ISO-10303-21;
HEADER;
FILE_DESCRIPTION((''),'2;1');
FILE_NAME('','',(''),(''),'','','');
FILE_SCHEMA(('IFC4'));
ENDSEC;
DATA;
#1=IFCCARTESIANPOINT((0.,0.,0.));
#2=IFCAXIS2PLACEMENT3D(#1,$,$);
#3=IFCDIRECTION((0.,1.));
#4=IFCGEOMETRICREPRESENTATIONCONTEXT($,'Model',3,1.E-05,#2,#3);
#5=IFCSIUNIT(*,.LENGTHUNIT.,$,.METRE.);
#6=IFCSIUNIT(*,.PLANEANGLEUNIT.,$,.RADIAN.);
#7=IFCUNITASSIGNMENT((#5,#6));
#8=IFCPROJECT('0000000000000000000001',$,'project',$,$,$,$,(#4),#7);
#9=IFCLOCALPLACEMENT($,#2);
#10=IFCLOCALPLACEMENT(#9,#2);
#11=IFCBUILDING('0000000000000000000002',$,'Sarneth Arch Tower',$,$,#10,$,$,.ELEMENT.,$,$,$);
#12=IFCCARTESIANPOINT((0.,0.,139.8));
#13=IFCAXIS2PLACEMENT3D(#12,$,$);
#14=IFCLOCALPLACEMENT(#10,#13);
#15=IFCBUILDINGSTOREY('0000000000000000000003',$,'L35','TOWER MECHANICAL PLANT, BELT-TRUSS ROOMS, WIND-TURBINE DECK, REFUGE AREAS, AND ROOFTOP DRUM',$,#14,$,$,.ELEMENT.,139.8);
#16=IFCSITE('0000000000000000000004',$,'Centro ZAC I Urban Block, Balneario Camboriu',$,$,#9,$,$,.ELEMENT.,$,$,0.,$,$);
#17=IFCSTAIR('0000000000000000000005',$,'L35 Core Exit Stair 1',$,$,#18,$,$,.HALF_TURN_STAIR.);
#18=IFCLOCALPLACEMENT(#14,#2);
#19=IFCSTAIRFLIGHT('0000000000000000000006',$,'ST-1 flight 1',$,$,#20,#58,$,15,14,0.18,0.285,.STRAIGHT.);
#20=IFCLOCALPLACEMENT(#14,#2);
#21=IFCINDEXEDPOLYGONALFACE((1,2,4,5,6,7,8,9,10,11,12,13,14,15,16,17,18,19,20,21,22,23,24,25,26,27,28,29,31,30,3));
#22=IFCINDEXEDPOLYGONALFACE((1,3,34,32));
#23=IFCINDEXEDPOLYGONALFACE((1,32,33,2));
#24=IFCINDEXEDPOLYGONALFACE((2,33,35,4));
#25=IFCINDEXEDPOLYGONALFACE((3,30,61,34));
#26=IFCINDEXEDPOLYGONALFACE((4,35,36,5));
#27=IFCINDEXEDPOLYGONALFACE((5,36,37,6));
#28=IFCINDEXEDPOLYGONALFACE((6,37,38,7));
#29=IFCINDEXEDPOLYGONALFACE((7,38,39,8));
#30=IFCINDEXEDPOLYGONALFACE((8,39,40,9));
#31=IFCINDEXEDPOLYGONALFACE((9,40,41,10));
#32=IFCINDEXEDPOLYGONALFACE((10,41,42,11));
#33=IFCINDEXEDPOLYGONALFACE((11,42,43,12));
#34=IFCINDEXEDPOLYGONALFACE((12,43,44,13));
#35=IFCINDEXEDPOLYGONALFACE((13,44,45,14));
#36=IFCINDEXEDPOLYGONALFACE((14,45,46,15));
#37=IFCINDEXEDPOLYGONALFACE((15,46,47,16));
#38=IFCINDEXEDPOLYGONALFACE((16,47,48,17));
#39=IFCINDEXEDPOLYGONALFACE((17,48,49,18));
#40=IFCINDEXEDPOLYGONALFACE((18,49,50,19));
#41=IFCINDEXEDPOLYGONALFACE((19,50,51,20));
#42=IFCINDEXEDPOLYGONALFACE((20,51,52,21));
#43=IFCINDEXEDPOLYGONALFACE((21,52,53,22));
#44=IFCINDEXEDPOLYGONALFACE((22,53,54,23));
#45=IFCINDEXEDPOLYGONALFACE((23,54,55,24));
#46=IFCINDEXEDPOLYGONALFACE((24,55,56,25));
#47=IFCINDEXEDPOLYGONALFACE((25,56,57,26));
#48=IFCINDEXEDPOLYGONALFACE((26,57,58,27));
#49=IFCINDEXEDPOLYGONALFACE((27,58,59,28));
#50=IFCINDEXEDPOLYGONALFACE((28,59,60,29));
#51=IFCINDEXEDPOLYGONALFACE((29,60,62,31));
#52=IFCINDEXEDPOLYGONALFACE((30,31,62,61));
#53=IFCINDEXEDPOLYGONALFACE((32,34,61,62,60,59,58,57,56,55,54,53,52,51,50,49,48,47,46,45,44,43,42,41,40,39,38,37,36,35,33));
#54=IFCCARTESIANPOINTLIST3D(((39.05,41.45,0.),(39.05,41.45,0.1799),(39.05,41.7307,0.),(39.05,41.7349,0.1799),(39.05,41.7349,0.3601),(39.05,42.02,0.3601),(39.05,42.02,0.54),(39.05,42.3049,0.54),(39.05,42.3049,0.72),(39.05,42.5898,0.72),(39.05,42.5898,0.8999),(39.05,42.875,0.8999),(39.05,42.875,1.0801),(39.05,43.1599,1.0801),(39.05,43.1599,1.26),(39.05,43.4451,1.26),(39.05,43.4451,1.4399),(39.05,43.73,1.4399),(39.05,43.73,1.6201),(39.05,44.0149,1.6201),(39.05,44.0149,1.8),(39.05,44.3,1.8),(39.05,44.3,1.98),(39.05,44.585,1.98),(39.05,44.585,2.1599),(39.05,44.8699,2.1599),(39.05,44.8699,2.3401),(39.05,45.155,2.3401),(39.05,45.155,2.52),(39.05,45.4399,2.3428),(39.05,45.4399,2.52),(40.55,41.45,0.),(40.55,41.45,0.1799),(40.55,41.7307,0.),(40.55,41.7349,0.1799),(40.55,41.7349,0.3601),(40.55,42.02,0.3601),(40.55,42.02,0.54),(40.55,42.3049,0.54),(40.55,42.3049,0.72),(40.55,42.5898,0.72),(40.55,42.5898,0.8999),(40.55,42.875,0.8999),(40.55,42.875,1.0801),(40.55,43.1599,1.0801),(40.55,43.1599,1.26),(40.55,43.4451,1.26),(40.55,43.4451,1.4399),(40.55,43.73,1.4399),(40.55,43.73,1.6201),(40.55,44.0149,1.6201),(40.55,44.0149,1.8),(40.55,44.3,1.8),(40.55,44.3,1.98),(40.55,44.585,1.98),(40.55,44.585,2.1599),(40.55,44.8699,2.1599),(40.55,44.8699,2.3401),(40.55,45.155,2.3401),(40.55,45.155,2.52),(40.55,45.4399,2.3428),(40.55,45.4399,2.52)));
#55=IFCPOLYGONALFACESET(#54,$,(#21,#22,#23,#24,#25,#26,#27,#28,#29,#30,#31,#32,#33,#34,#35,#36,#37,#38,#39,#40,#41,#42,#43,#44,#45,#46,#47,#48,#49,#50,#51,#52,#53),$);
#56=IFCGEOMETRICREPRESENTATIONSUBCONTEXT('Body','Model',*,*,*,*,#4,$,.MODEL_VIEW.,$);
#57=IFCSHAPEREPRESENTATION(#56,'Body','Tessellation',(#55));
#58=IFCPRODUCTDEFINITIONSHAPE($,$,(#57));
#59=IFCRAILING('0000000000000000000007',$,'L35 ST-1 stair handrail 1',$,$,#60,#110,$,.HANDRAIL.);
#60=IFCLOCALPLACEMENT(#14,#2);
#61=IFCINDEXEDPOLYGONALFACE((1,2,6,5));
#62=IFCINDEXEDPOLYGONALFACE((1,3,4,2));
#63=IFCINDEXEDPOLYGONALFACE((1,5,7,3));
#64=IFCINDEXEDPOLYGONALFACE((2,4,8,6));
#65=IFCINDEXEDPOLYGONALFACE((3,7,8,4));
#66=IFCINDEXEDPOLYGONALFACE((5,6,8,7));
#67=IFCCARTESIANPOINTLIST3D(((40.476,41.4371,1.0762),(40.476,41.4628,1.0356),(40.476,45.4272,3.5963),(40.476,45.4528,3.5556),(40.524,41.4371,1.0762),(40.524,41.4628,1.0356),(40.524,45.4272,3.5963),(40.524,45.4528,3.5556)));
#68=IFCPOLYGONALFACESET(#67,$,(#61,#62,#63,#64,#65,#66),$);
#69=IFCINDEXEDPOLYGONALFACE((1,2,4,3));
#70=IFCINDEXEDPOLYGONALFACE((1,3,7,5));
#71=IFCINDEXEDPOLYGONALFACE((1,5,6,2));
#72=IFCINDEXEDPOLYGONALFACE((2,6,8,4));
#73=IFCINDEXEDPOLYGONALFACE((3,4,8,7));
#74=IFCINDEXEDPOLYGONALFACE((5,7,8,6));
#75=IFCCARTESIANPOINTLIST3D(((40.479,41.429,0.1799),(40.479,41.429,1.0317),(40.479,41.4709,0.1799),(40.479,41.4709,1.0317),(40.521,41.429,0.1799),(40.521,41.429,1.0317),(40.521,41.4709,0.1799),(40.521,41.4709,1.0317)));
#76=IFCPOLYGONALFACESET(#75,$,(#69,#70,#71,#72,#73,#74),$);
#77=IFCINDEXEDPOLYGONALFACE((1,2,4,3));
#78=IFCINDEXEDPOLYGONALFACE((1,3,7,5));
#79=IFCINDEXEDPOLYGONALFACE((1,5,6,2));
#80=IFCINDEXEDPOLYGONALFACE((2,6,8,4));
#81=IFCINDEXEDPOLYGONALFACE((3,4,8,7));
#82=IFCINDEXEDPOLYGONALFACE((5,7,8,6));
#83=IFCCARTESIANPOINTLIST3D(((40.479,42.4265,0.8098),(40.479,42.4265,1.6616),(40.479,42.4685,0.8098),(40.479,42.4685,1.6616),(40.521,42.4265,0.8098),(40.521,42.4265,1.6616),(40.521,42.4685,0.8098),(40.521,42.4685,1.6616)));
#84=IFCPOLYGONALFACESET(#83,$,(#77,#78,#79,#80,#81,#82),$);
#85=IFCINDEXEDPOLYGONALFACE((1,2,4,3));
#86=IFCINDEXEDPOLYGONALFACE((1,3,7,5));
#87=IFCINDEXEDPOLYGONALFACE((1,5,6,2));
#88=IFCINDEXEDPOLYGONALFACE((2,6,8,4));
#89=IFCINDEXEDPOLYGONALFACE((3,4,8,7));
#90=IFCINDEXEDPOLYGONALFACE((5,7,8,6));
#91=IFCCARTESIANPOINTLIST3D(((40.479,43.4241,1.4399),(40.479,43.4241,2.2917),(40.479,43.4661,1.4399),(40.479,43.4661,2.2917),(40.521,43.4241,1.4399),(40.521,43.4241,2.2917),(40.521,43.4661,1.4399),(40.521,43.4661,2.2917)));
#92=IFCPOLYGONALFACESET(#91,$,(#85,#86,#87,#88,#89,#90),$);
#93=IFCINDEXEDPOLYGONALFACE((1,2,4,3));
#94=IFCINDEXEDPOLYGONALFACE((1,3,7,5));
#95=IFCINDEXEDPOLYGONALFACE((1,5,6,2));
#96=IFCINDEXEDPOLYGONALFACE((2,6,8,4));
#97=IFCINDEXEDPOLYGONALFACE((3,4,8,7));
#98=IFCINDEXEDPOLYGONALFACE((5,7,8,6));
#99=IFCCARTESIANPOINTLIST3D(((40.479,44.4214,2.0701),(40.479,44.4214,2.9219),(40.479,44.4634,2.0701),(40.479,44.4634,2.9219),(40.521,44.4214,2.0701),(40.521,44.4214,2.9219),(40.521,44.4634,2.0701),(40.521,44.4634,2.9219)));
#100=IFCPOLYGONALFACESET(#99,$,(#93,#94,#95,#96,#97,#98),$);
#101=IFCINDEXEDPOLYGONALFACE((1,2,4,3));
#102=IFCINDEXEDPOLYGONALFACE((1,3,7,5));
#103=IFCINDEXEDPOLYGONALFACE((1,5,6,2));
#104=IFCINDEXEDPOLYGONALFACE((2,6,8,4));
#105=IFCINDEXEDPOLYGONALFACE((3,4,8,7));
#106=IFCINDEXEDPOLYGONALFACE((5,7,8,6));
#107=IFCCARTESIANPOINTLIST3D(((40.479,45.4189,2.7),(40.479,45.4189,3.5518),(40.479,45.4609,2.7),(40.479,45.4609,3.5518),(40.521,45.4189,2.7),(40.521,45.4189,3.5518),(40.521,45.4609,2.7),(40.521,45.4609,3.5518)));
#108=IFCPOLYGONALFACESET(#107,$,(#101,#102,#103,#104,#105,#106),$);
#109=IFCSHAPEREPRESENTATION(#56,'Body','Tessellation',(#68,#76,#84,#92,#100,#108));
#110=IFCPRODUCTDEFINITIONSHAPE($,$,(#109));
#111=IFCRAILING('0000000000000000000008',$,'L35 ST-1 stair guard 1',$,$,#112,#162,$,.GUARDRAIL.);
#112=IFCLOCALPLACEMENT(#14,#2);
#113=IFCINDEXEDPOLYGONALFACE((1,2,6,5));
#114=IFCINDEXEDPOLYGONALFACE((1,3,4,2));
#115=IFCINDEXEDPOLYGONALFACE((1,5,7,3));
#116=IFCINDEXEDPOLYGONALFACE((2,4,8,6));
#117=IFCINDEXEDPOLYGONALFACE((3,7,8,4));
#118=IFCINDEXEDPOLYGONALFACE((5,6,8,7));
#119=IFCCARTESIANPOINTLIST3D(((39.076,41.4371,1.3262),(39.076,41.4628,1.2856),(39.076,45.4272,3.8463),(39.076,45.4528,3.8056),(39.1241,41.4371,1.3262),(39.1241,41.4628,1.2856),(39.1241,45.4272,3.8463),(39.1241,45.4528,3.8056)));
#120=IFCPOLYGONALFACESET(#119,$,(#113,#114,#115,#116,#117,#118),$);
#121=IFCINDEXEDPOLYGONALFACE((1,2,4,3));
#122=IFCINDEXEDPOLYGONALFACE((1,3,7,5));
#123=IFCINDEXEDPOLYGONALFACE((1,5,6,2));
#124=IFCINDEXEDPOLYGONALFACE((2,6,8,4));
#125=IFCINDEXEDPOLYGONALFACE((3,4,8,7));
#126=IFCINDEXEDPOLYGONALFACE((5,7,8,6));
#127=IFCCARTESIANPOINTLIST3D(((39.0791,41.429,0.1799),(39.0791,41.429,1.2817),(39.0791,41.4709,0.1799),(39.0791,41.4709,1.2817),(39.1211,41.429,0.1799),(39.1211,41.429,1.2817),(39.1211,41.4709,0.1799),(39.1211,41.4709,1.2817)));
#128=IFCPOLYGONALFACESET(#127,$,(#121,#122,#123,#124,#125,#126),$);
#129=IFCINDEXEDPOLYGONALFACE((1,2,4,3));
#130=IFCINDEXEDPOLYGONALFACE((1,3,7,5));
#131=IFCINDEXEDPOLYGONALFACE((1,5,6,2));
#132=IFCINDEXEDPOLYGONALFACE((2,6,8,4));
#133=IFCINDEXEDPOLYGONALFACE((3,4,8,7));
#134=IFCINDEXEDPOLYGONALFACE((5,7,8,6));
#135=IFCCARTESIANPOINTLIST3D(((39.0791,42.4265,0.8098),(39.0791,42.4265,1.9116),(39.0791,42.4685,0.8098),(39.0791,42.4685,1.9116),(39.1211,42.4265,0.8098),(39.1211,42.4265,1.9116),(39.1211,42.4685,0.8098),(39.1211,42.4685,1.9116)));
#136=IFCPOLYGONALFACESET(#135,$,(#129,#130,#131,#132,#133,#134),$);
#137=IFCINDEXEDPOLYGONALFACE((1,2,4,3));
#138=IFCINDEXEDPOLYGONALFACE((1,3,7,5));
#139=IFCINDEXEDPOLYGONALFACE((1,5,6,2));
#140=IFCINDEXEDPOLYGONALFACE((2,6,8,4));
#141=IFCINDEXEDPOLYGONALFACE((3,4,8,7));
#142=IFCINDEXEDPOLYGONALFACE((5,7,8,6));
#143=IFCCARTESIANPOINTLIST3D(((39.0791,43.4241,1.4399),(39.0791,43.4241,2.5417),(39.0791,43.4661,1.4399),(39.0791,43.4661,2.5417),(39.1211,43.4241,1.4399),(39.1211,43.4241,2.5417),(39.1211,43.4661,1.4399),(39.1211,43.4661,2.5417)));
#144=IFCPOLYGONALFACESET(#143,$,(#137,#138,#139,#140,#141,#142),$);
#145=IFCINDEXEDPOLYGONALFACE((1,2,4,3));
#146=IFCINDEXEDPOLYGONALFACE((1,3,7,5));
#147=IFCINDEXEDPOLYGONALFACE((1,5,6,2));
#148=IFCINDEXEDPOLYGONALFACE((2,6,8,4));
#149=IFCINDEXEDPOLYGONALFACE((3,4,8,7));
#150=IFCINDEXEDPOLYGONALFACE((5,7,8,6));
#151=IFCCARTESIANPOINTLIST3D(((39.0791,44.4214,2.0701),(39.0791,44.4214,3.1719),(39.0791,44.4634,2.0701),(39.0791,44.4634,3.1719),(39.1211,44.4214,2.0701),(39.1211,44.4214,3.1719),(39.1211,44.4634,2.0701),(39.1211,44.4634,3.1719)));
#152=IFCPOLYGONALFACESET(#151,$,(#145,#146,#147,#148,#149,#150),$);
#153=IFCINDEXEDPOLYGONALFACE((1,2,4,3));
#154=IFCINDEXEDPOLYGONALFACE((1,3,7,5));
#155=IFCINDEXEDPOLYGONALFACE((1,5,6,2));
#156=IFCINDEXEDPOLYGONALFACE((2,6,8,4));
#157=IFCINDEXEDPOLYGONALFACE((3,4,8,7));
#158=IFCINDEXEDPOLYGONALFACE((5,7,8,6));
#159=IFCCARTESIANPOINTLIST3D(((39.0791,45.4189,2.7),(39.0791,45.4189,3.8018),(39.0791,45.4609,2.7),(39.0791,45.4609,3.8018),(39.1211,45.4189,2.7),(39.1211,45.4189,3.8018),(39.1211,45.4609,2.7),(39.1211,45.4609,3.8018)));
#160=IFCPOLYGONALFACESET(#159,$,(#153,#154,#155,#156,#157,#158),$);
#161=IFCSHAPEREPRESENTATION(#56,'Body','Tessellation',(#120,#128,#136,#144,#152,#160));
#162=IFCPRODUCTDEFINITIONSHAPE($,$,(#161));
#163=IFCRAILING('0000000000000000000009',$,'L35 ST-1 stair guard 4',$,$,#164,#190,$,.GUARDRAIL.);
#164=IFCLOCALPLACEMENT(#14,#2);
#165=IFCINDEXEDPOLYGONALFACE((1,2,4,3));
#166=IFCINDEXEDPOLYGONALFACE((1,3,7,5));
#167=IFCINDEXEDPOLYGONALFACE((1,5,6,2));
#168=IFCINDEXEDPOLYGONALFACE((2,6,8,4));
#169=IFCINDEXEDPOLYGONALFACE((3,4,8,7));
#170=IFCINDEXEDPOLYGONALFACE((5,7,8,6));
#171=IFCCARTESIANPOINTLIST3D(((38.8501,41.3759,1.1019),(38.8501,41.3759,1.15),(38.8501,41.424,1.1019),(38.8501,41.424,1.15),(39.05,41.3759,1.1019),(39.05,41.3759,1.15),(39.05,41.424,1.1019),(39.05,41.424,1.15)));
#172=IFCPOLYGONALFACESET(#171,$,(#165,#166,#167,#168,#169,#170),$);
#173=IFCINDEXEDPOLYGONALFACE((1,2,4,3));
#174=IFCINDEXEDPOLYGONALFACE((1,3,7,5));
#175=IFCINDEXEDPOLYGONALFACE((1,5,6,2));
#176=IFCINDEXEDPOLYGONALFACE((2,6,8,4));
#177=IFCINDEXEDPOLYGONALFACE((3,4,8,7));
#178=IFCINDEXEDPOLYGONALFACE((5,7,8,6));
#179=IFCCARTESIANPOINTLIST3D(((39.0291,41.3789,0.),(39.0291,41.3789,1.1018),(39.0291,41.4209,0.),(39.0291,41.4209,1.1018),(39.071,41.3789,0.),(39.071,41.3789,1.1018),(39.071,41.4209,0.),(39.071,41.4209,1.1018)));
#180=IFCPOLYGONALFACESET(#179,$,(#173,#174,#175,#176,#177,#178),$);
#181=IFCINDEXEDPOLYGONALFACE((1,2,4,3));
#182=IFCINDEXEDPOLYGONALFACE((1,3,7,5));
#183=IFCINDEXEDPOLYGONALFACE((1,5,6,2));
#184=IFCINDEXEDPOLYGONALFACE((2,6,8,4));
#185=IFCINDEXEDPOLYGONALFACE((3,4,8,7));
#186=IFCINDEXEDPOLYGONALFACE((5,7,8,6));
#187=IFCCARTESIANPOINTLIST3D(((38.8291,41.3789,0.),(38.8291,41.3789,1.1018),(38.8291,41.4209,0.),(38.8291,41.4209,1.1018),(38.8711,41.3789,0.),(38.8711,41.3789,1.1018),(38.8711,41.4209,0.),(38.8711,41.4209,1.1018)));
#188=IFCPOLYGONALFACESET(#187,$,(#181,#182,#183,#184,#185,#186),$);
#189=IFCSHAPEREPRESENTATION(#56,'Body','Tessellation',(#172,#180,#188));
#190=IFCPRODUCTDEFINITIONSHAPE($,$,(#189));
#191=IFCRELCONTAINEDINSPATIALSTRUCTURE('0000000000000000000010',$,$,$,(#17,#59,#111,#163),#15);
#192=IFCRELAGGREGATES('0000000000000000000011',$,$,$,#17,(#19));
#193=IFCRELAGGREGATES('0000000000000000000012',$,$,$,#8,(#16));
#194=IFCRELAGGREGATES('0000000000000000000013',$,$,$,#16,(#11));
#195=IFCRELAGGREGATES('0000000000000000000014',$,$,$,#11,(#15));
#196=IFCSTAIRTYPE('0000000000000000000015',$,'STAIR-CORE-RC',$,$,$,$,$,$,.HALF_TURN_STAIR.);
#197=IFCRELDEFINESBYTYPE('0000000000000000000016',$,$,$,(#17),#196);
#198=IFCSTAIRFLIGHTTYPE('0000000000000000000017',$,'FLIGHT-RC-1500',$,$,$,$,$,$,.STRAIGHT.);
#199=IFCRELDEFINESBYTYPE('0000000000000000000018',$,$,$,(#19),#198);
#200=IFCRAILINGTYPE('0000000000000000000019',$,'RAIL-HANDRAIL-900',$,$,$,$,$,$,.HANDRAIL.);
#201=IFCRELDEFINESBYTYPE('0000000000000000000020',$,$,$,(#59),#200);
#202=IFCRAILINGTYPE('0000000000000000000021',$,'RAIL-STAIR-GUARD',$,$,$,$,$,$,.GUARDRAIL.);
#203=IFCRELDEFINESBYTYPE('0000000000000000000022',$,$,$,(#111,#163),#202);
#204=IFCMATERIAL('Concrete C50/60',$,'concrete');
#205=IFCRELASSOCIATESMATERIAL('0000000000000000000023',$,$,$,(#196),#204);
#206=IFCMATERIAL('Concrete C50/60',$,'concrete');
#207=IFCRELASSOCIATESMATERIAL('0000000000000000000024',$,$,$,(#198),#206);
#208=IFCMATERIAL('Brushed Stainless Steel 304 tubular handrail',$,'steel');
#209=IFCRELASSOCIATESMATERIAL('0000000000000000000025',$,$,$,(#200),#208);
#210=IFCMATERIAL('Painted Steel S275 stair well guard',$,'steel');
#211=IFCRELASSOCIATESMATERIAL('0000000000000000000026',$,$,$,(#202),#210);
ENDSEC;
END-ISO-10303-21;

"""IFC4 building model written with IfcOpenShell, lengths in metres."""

from ifc_helpers import new_model, si_unit, direction, frame, origin, origin_2d, place, context, subcontext, project, spatial, polyline, rectangle, outline, extrude, material, type_object, element, aggregate, save


model = new_model("IFC4")

# Units and contexts
model_context = context("Model", 3, precision=1e-05, world=origin(), true_north=direction((0.0, 1.0)))
body_context = subcontext(model_context, "Body", "Model", "MODEL_VIEW")
ifc_project = project(units=[si_unit("LENGTHUNIT", "METRE"), si_unit("PLANEANGLEUNIT", "RADIAN")], contexts=[model_context])

# Site, building, storey
site_placement = place(None, origin())
site = spatial("IfcSite", under=ifc_project, at=site_placement, Name="Centro ZAC I Urban Block, Balneario Camboriu", CompositionType="ELEMENT", RefElevation=0.0)
building_placement = place(site_placement, origin())
building = spatial("IfcBuilding", under=site, at=building_placement, Name="Sarneth Arch Tower", CompositionType="ELEMENT")
storey_placement = place(building_placement, frame((0.0, 0.0, 139.8)))
storey = spatial("IfcBuildingStorey", under=building, at=storey_placement, Name="L35", Description="TOWER MECHANICAL PLANT, BELT-TRUSS ROOMS, WIND-TURBINE DECK, REFUGE AREAS, AND ROOFTOP DRUM", CompositionType="ELEMENT", Elevation=139.8)

# Stair, stair flight
ifc_material_1 = material(Name="Concrete C50/60", Category="concrete")
stair_type = type_object("IfcStairType", Name="STAIR-CORE-RC", PredefinedType="HALF_TURN_STAIR", material=ifc_material_1)
stair_placement = place(storey_placement, origin())
stair = element("IfcStair", 1, at=stair_placement, inside=storey, type_object=stair_type, Name="L35 Core Exit Stair 1", PredefinedType="HALF_TURN_STAIR")
ifc_material_2 = material(Name="Concrete C50/60", Category="concrete")
stair_flight_type = type_object("IfcStairFlightType", Name="FLIGHT-RC-1500", PredefinedType="STRAIGHT", material=ifc_material_2)
stair_flight_placement = place(storey_placement, frame((39.8, 41.45, 0.0), z_axis=(0.0, 0.0, 1.0), x_axis=(0.0, 1.0, 0.0)))
stair_flight = element("IfcStairFlight", 2, at=stair_flight_placement, type_object=stair_flight_type, Name="ST-1 flight 1", NumberOfRisers=15, NumberOfTreads=14, PredefinedType="STRAIGHT", RiserHeight=0.18, TreadLength=0.285, context=body_context, shape_type="SweptSolid", body=[
    extrude(outline(polyline([(0.0, 0.0), (0.0, 0.1799), (0.2849, 0.1799), (0.2849, 0.3601), (0.5701, 0.3601), (0.5701, 0.54), (0.855, 0.54), (0.855, 0.72), (1.1399, 0.72), (1.1399, 0.8999), (1.425, 0.8999), (1.425, 1.0801), (1.71, 1.0801), (1.71, 1.26), (1.9951, 1.26), (1.9951, 1.4399), (2.28, 1.4399), (2.28, 1.6201), (2.5649, 1.6201), (2.5649, 1.8), (2.8501, 1.8), (2.8501, 1.98), (3.135, 1.98), (3.135, 2.1599), (3.4199, 2.1599), (3.4199, 2.3401), (3.7051, 2.3401), (3.7051, 2.52), (3.99, 2.52), (3.99, 2.7), (3.99, 2.3428), (0.2808, 0.0), (0.0, 0.0)])), frame((0.0, 0.75, 0.0), z_axis=(0.0, -1.0, 0.0), x_axis=(1.0, 0.0, 0.0)), (0.0, 0.0, 1.0), 1.5),
])
aggregate(stair, [stair_flight])

# Railings
ifc_material_3 = material(Name="Brushed Stainless Steel 304 tubular handrail", Category="steel")
railing_type_1 = type_object("IfcRailingType", Name="RAIL-HANDRAIL-900", PredefinedType="HANDRAIL", material=ifc_material_3)
railing_1_placement = place(storey_placement, frame((40.5, 41.45, 0.1799)))
element("IfcRailing", 3, at=railing_1_placement, inside=storey, type_object=railing_type_1, Name="L35 ST-1 stair handrail 1", PredefinedType="HANDRAIL", context=body_context, shape_type="SweptSolid", body=[
    extrude(rectangle(XDim=0.0481, YDim=0.0481, at=origin_2d()), frame((0.0, 0.0, 0.876), z_axis=(0.0, 0.845486, 0.533997), x_axis=(-1.0, 0.0, 0.0)), (0.0, 0.0, 1.0), 4.7192),
    extrude(rectangle(XDim=0.042, YDim=0.042, at=origin_2d()), origin(), (0.0, 0.0, 1.0), 0.8518),
    extrude(rectangle(XDim=0.042, YDim=0.042, at=origin_2d()), frame((0.0, 0.9976, 0.6299)), (0.0, 0.0, 1.0), 0.8518),
    extrude(rectangle(XDim=0.042, YDim=0.042, at=origin_2d()), frame((0.0, 1.9951, 1.26)), (0.0, 0.0, 1.0), 0.8518),
    extrude(rectangle(XDim=0.042, YDim=0.042, at=origin_2d()), frame((0.0, 2.9924, 1.8901)), (0.0, 0.0, 1.0), 0.8518),
    extrude(rectangle(XDim=0.042, YDim=0.042, at=origin_2d()), frame((0.0, 3.99, 2.52)), (0.0, 0.0, 1.0), 0.8518),
])
ifc_material_4 = material(Name="Painted Steel S275 stair well guard", Category="steel")
railing_type_2 = type_object("IfcRailingType", Name="RAIL-STAIR-GUARD", PredefinedType="GUARDRAIL", material=ifc_material_4)
railing_2_placement = place(storey_placement, frame((39.1001, 41.45, 0.1799)))
element("IfcRailing", 4, at=railing_2_placement, inside=storey, type_object=railing_type_2, Name="L35 ST-1 stair guard 1", PredefinedType="GUARDRAIL", context=body_context, shape_type="SweptSolid", body=[
    extrude(rectangle(XDim=0.0481, YDim=0.0481, at=origin_2d()), frame((0.0, 0.0, 1.126), z_axis=(0.0, 0.845486, 0.533997), x_axis=(-1.0, 0.0, 0.0)), (0.0, 0.0, 1.0), 4.7192),
    extrude(rectangle(XDim=0.042, YDim=0.042, at=origin_2d()), origin(), (0.0, 0.0, 1.0), 1.1018),
    extrude(rectangle(XDim=0.042, YDim=0.042, at=origin_2d()), frame((0.0, 0.9976, 0.6299)), (0.0, 0.0, 1.0), 1.1018),
    extrude(rectangle(XDim=0.042, YDim=0.042, at=origin_2d()), frame((0.0, 1.9951, 1.26)), (0.0, 0.0, 1.0), 1.1018),
    extrude(rectangle(XDim=0.042, YDim=0.042, at=origin_2d()), frame((0.0, 2.9924, 1.8901)), (0.0, 0.0, 1.0), 1.1018),
    extrude(rectangle(XDim=0.042, YDim=0.042, at=origin_2d()), frame((0.0, 3.99, 2.52)), (0.0, 0.0, 1.0), 1.1018),
])
railing_3_placement = place(storey_placement, frame((39.05, 41.3999, 0.0)))
element("IfcRailing", 5, at=railing_3_placement, inside=storey, type_object=railing_type_2, Name="L35 ST-1 stair guard 4", PredefinedType="GUARDRAIL", context=body_context, shape_type="SweptSolid", body=[
    extrude(rectangle(XDim=0.0481, YDim=0.0481, at=origin_2d()), frame((0.0, 0.0, 1.126), z_axis=(-1.0, 0.0, 0.0), x_axis=(0.0, -1.0, 0.0)), (0.0, 0.0, 1.0), 0.2),
    extrude(rectangle(XDim=0.042, YDim=0.042, at=origin_2d()), origin(), (0.0, 0.0, 1.0), 1.1018),
    extrude(rectangle(XDim=0.042, YDim=0.042, at=origin_2d()), frame((-0.2, 0.0, 0.0)), (0.0, 0.0, 1.0), 1.1018),
])

save(model, "model.ifc")
